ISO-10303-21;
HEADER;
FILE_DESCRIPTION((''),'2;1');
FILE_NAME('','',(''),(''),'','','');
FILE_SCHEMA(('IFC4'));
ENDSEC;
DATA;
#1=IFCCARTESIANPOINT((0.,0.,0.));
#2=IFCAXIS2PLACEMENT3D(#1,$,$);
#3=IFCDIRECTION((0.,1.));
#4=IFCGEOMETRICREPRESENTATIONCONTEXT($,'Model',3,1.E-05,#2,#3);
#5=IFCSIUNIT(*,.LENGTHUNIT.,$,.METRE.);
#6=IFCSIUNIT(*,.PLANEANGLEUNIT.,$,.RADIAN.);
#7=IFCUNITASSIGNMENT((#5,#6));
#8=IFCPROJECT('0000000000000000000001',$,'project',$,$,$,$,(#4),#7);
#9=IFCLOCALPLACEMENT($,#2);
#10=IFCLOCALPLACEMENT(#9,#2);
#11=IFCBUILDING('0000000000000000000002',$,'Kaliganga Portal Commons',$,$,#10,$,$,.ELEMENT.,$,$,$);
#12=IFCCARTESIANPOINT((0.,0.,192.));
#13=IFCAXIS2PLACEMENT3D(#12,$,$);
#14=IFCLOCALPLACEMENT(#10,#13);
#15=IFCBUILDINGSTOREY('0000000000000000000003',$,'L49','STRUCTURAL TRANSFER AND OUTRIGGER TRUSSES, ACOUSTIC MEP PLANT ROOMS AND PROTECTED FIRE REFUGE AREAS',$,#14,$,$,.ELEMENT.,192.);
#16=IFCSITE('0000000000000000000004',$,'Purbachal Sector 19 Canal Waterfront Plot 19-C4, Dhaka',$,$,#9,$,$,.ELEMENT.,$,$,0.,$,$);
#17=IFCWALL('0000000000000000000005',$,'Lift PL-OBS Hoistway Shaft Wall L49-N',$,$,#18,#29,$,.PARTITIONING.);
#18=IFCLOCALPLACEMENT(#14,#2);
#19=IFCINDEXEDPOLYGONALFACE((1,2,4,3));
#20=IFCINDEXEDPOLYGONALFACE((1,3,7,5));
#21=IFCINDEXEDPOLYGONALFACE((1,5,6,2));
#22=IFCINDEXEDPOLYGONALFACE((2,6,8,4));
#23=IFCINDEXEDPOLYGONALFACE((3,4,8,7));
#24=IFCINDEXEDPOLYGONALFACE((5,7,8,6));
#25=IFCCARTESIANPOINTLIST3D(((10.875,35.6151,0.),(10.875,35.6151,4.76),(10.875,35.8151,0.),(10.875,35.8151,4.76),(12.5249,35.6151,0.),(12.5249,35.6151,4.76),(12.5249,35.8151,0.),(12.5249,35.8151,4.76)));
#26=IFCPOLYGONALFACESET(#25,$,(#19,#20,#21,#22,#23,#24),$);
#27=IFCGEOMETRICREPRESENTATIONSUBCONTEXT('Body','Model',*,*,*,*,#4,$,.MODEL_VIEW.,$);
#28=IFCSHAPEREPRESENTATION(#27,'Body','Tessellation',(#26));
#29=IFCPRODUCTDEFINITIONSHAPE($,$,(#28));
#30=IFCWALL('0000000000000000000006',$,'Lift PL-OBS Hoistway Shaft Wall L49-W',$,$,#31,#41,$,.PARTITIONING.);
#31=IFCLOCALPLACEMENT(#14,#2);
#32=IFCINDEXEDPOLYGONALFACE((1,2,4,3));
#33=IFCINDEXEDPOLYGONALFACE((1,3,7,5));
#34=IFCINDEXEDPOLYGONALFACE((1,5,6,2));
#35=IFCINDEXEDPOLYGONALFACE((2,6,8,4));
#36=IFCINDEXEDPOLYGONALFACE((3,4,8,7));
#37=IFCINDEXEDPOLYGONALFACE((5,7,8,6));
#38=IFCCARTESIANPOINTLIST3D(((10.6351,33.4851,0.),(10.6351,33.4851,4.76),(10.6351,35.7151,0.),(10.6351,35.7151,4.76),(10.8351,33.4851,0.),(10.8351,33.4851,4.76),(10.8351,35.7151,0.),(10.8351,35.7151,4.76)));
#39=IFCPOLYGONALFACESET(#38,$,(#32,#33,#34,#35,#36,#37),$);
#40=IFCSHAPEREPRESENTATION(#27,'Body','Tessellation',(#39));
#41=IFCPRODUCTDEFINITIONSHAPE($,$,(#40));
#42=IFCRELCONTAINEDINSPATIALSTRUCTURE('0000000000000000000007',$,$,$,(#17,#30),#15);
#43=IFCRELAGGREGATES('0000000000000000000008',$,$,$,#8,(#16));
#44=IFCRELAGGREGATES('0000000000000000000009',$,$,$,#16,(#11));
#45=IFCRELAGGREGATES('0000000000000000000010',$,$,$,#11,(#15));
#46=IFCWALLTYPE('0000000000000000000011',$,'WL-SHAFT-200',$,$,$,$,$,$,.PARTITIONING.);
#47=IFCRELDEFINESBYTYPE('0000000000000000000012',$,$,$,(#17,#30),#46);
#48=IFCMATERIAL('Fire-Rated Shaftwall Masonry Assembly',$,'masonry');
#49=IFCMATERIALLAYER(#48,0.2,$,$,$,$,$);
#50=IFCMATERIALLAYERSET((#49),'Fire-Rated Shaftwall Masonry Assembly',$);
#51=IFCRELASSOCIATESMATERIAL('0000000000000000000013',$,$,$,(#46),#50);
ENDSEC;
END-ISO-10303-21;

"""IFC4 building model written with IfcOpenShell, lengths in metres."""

from ifc_helpers import new_model, si_unit, direction, frame, frame_2d, origin, place, context, subcontext, project, spatial, rectangle, extrude, material, layer, layer_set, type_object, element, save


model = new_model("IFC4")

# Units and contexts
model_context = context("Model", 3, precision=1e-05, world=origin(), true_north=direction((0.0, 1.0)))
body_context = subcontext(model_context, "Body", "Model", "MODEL_VIEW")
ifc_project = project(units=[si_unit("LENGTHUNIT", "METRE"), si_unit("PLANEANGLEUNIT", "RADIAN")], contexts=[model_context])

# Site, building, storey
site_placement = place(None, origin())
site = spatial("IfcSite", under=ifc_project, at=site_placement, Name="Purbachal Sector 19 Canal Waterfront Plot 19-C4, Dhaka", CompositionType="ELEMENT", RefElevation=0.0)
building_placement = place(site_placement, origin())
building = spatial("IfcBuilding", under=site, at=building_placement, Name="Kaliganga Portal Commons", CompositionType="ELEMENT")
storey_placement = place(building_placement, frame((0.0, 0.0, 192.0)))
storey = spatial("IfcBuildingStorey", under=building, at=storey_placement, Name="L49", Description="STRUCTURAL TRANSFER AND OUTRIGGER TRUSSES, ACOUSTIC MEP PLANT ROOMS AND PROTECTED FIRE REFUGE AREAS", CompositionType="ELEMENT", Elevation=192.0)

# Shared definitions
ifc_material_1 = material(Name="Fire-Rated Shaftwall Masonry Assembly", Category="masonry")
ifc_layer_1 = layer(ifc_material_1, 0.2)
ifc_layer_set_1 = layer_set([ifc_layer_1], Name="Fire-Rated Shaftwall Masonry Assembly")
wall_type_1 = type_object("IfcWallType", Name="WL-SHAFT-200", PredefinedType="PARTITIONING", material=ifc_layer_set_1)

# Walls
wall_1_placement = place(storey_placement, frame((10.875, 35.7151, 0.0), z_axis=(0.0, 0.0, 1.0), x_axis=(1.0, 0.0, 0.0)))
element("IfcWall", 1, at=wall_1_placement, inside=storey, type_object=wall_type_1, Name="Lift PL-OBS Hoistway Shaft Wall L49-N", PredefinedType="PARTITIONING", context=body_context, shape_type="SweptSolid", body=[
    extrude(rectangle(XDim=1.6499, YDim=0.2, at=frame_2d((0.825, 0.0))), origin(), (0.0, 0.0, 1.0), 4.76),
])
wall_2_placement = place(storey_placement, frame((10.7351, 33.4851, 0.0), z_axis=(0.0, 0.0, 1.0), x_axis=(0.0, 1.0, 0.0)))
element("IfcWall", 2, at=wall_2_placement, inside=storey, type_object=wall_type_1, Name="Lift PL-OBS Hoistway Shaft Wall L49-W", PredefinedType="PARTITIONING", context=body_context, shape_type="SweptSolid", body=[
    extrude(rectangle(XDim=2.23, YDim=0.2, at=frame_2d((1.115, 0.0))), origin(), (0.0, 0.0, 1.0), 4.76),
])

save(model, "model.ifc")
